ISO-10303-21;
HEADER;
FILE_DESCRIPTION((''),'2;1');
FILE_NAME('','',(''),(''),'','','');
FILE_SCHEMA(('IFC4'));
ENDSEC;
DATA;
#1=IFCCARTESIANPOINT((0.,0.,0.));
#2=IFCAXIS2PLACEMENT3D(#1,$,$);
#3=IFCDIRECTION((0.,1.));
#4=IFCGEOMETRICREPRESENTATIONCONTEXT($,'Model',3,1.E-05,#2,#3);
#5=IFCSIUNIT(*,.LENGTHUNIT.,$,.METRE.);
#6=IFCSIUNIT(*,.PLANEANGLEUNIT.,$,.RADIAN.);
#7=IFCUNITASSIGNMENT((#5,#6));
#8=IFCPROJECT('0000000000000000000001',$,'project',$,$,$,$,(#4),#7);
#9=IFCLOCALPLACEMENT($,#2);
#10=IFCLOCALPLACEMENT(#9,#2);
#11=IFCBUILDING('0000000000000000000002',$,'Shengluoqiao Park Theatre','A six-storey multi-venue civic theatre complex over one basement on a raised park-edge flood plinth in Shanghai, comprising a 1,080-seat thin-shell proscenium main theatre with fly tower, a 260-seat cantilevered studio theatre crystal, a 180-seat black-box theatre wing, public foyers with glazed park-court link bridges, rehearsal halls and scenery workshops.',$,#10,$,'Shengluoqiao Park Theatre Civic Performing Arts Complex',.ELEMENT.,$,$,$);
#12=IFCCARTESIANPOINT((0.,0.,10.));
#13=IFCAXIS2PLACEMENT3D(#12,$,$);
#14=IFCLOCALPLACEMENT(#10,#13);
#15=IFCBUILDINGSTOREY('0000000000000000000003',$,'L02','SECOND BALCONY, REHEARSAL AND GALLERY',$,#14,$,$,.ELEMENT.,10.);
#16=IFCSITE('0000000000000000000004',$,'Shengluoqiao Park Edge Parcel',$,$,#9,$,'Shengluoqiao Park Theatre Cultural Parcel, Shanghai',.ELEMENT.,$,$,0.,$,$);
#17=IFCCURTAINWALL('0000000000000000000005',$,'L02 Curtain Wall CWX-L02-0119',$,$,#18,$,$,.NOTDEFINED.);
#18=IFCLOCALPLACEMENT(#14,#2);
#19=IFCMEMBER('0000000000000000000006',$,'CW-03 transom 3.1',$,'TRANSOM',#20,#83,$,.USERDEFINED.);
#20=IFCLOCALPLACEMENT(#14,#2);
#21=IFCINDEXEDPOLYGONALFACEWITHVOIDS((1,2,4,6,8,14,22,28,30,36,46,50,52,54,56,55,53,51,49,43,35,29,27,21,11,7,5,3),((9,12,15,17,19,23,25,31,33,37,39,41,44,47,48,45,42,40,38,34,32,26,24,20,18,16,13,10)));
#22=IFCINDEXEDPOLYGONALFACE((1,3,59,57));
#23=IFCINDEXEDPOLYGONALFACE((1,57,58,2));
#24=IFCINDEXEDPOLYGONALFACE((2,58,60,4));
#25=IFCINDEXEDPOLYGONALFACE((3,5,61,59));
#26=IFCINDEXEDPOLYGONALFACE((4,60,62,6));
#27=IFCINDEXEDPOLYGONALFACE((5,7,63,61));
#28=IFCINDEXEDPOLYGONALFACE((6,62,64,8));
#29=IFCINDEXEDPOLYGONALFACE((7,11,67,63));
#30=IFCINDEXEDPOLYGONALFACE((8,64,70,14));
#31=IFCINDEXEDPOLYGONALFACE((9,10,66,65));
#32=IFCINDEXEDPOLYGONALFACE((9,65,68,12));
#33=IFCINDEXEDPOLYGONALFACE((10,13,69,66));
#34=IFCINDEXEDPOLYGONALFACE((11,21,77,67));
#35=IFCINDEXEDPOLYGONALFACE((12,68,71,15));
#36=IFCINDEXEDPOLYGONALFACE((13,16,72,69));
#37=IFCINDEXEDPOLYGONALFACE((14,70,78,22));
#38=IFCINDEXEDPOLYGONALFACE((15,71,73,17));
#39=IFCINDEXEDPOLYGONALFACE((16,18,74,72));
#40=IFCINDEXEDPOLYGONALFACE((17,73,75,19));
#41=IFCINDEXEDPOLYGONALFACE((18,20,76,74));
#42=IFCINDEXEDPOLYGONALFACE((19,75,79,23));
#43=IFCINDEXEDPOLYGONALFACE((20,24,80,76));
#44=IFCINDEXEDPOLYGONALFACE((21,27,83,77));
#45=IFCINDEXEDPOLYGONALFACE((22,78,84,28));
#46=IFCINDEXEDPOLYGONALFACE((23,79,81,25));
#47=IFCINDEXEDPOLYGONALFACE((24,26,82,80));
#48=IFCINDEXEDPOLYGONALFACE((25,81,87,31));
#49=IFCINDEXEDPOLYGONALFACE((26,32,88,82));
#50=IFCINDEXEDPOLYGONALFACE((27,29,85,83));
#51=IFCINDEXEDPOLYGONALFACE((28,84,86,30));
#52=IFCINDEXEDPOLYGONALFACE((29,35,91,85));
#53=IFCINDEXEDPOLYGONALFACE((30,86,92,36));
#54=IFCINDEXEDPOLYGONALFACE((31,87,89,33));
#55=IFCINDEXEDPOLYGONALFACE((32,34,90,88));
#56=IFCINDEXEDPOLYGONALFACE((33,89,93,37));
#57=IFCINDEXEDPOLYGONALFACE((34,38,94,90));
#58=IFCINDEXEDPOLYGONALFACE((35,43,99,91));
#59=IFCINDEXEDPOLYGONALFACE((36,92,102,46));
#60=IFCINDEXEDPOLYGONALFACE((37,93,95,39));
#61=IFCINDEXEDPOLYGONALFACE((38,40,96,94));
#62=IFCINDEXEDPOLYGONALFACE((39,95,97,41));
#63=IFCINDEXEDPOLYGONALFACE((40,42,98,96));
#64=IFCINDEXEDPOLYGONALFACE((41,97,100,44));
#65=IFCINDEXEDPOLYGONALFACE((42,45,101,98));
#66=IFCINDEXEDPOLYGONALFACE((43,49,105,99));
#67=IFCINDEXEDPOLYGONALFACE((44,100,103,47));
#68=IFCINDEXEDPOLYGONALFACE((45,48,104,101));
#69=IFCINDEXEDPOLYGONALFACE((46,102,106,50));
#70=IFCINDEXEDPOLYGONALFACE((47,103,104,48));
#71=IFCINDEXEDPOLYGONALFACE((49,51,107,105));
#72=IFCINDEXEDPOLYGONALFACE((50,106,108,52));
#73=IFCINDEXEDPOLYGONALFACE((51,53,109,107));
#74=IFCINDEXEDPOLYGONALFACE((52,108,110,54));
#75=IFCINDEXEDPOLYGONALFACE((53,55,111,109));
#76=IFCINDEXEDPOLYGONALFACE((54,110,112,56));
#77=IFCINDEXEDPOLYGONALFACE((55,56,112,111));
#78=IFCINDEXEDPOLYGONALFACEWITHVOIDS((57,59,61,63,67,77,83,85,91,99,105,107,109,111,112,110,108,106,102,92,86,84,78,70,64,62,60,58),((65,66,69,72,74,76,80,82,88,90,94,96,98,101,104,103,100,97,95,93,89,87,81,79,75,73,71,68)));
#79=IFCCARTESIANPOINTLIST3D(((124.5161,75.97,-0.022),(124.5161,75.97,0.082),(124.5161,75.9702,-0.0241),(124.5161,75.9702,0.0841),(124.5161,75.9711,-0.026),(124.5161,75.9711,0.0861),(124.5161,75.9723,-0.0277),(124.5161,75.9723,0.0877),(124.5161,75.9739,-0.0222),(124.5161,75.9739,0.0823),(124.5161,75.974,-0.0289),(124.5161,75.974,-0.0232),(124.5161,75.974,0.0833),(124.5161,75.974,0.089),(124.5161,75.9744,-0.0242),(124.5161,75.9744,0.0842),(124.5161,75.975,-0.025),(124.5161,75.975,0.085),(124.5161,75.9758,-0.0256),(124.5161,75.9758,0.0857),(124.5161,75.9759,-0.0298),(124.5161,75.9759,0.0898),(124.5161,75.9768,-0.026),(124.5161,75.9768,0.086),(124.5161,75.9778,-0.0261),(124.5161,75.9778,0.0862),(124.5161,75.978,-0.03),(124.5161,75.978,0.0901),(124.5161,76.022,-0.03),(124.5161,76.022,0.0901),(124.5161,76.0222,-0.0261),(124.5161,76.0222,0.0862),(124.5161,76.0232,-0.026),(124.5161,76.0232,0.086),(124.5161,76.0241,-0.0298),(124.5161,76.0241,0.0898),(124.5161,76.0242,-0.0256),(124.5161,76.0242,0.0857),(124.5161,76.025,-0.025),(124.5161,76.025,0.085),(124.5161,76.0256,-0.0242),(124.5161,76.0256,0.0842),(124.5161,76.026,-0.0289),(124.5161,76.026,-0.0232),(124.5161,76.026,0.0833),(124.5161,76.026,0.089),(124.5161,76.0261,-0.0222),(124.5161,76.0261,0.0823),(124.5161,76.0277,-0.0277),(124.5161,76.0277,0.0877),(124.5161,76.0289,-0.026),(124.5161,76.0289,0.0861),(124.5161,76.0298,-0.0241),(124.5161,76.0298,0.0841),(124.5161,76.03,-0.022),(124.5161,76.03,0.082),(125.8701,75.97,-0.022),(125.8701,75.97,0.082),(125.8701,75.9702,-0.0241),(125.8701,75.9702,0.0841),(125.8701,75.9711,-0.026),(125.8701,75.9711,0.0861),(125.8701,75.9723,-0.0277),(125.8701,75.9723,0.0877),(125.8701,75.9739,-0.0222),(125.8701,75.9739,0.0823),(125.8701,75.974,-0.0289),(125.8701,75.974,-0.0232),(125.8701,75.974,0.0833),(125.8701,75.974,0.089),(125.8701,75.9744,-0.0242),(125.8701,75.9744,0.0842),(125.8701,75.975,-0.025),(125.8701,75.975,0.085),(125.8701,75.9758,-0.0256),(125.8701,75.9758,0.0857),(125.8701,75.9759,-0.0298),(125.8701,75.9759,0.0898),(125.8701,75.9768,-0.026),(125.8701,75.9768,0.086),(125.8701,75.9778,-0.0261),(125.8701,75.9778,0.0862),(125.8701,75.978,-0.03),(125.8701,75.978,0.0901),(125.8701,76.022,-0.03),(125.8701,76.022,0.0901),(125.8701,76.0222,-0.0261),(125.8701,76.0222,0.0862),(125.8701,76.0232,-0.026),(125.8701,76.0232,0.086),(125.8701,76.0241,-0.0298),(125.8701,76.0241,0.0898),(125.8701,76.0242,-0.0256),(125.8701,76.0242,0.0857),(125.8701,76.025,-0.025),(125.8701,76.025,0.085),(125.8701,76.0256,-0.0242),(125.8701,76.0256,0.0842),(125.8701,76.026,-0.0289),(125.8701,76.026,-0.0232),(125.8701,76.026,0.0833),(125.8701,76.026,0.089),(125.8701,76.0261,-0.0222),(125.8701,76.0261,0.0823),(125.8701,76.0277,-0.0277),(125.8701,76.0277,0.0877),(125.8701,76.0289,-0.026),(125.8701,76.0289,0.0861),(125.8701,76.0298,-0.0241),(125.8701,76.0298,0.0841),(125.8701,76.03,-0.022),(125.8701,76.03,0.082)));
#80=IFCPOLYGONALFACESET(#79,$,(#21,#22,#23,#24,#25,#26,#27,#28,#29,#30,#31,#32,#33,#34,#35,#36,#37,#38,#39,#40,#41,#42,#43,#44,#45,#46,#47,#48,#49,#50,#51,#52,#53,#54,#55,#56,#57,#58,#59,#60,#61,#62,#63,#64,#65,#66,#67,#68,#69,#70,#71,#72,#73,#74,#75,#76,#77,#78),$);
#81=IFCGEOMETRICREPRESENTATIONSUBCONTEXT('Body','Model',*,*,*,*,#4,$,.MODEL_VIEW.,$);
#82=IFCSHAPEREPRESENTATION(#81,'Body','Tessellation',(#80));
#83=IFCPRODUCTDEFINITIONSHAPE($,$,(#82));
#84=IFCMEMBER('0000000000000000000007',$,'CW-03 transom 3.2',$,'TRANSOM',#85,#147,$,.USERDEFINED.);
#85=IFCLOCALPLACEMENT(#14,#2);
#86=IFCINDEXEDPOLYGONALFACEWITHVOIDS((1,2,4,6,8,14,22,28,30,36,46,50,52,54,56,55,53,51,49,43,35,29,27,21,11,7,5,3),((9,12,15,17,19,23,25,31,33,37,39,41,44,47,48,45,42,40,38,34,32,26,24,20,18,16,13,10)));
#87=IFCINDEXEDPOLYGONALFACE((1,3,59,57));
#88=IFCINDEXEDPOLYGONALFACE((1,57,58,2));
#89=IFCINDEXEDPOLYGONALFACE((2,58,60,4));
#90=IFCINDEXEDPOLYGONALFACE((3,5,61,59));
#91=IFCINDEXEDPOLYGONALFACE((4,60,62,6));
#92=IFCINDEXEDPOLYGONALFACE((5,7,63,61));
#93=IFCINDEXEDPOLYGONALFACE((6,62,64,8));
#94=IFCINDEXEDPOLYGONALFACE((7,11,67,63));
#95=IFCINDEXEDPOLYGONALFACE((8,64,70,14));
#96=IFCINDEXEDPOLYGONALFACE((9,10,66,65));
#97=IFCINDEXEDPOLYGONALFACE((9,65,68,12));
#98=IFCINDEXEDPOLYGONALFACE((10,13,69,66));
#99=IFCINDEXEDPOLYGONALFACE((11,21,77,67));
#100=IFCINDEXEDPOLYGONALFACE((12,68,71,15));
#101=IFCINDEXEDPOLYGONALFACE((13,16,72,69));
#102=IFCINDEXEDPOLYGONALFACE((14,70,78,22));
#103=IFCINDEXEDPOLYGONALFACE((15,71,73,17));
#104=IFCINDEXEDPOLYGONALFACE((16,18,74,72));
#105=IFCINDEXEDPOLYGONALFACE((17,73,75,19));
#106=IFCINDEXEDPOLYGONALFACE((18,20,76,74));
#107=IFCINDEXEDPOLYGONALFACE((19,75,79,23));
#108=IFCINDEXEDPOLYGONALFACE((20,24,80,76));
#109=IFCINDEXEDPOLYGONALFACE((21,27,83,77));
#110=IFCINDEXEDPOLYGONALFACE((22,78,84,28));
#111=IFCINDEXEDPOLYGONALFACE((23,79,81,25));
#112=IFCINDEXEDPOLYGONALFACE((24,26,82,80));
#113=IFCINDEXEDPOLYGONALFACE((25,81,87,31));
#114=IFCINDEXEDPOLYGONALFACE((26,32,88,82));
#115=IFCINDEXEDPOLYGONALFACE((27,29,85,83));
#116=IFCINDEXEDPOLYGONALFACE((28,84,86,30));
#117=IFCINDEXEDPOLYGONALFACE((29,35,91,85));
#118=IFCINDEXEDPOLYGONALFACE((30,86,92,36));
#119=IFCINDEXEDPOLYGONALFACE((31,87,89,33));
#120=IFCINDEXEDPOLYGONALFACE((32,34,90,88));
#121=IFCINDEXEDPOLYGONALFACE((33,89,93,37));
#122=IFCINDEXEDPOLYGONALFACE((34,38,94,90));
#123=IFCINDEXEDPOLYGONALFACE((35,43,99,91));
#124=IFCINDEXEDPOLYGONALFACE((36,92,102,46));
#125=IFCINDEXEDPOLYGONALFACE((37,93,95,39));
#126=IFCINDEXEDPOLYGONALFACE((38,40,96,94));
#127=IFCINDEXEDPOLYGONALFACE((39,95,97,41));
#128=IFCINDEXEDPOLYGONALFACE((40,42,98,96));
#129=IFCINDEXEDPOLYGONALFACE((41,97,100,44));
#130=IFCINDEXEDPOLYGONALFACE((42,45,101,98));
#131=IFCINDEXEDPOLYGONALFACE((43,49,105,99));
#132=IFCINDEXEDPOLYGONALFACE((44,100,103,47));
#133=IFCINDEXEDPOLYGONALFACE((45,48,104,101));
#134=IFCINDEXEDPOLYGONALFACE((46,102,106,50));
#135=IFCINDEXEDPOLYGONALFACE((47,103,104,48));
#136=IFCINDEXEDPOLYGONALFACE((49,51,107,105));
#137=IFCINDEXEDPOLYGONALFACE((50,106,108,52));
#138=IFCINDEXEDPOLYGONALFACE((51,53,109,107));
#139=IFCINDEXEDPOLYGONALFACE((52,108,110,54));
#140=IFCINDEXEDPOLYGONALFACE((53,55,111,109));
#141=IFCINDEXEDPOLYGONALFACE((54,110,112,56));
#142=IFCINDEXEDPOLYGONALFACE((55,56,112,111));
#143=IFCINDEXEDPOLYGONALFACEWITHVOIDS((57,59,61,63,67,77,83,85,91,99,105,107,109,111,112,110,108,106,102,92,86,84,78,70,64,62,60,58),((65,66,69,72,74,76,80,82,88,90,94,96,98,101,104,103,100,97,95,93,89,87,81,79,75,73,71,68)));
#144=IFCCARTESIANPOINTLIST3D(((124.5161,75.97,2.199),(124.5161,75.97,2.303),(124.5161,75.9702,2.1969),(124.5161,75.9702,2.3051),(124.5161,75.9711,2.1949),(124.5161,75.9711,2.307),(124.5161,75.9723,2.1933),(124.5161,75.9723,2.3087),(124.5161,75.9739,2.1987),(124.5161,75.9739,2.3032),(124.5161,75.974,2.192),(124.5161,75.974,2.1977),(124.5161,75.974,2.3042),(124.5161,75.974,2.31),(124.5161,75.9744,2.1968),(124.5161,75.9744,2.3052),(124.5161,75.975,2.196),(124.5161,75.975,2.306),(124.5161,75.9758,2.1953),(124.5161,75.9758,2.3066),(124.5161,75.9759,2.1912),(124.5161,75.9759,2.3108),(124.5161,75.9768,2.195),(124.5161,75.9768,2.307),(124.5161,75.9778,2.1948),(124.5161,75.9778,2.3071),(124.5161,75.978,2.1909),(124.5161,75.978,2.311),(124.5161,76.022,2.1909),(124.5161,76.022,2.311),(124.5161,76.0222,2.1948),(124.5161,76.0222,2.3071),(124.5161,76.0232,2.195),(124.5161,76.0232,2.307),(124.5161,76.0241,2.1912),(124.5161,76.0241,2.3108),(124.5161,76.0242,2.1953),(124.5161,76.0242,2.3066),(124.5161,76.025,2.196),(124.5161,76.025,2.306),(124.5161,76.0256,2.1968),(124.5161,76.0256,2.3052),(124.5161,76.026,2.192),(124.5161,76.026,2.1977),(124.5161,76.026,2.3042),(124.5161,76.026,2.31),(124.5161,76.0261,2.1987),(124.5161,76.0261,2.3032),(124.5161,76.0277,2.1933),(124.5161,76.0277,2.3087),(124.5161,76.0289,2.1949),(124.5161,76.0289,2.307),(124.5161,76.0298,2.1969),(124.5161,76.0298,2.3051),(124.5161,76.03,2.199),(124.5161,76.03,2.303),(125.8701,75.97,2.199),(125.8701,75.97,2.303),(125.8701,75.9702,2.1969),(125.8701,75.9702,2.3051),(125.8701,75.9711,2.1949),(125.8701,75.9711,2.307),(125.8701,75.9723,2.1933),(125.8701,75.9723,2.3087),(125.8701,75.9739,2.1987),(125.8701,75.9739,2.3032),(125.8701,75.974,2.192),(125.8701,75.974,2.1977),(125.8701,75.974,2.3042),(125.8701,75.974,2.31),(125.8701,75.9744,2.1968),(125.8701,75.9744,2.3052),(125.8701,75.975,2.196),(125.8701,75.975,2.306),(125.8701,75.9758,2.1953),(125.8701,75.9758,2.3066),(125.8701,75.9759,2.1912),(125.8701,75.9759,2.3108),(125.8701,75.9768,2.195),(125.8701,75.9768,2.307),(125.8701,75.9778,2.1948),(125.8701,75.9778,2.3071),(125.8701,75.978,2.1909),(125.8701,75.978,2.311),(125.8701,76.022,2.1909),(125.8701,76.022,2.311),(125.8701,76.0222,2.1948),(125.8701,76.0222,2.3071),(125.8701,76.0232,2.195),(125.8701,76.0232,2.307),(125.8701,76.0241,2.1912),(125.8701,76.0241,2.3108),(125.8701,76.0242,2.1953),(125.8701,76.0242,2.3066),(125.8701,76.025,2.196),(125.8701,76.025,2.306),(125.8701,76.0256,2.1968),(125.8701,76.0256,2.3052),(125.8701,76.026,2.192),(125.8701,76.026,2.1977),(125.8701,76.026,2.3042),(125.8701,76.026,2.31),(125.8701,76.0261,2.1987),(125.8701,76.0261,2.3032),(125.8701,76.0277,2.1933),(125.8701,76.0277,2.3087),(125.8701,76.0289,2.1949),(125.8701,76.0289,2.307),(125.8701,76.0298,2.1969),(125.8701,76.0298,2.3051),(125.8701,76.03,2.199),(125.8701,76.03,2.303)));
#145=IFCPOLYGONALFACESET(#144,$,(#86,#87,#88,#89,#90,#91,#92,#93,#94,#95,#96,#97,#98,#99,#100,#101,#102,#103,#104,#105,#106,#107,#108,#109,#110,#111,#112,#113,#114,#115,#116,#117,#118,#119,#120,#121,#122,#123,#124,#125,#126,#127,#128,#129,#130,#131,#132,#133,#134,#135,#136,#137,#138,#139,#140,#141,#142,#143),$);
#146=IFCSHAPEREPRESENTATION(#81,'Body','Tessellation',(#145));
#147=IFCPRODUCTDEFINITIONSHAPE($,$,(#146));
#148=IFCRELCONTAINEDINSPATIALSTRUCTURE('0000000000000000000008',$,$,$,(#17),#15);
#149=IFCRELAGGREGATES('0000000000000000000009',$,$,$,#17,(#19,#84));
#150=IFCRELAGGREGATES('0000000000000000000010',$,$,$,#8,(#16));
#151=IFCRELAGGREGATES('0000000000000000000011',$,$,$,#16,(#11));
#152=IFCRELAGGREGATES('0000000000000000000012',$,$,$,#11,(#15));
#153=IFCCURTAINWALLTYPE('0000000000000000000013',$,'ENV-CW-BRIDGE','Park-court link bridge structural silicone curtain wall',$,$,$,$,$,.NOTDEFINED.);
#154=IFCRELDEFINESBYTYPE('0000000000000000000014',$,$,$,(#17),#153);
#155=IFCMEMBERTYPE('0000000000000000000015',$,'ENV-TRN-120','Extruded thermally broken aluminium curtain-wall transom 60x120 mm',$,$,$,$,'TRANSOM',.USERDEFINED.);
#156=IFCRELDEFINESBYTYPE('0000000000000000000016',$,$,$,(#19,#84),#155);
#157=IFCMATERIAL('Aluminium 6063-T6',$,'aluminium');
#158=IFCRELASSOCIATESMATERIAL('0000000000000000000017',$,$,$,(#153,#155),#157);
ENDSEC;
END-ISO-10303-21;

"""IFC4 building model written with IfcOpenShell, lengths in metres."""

from ifc_helpers import new_model, si_unit, direction, frame, origin, origin_2d, place, context, subcontext, project, spatial, hollow_rectangle, extrude, material, material_profile, profile_set, type_object, element, aggregate, save


model = new_model("IFC4")

# Units and contexts
model_context = context("Model", 3, precision=1e-05, world=origin(), true_north=direction((0.0, 1.0)))
body_context = subcontext(model_context, "Body", "Model", "MODEL_VIEW")
ifc_project = project(units=[si_unit("LENGTHUNIT", "METRE"), si_unit("PLANEANGLEUNIT", "RADIAN")], contexts=[model_context])

# Site, building, storey
site_placement = place(None, origin())
site = spatial("IfcSite", under=ifc_project, at=site_placement, Name="Shengluoqiao Park Edge Parcel", LongName="Shengluoqiao Park Theatre Cultural Parcel, Shanghai", CompositionType="ELEMENT", RefElevation=0.0)
building_placement = place(site_placement, origin())
building = spatial("IfcBuilding", under=site, at=building_placement, Name="Shengluoqiao Park Theatre", Description="A six-storey multi-venue civic theatre complex over one basement on a raised park-edge flood plinth in Shanghai, comprising a 1,080-seat thin-shell proscenium main theatre with fly tower, a 260-seat cantilevered studio theatre crystal, a 180-seat black-box theatre wing, public foyers with glazed park-court link bridges, rehearsal halls and scenery workshops.", LongName="Shengluoqiao Park Theatre Civic Performing Arts Complex", CompositionType="ELEMENT")
storey_placement = place(building_placement, frame((0.0, 0.0, 10.0)))
storey = spatial("IfcBuildingStorey", under=building, at=storey_placement, Name="L02", Description="SECOND BALCONY, REHEARSAL AND GALLERY", CompositionType="ELEMENT", Elevation=10.0)

# Curtain wall, members
ifc_material_1 = material(Name="Aluminium 6063-T6", Category="aluminium")
curtain_wall_type = type_object("IfcCurtainWallType", Name="ENV-CW-BRIDGE", Description="Park-court link bridge structural silicone curtain wall", PredefinedType="NOTDEFINED", material=ifc_material_1)
curtain_wall_placement = place(storey_placement, origin())
curtain_wall = element("IfcCurtainWall", 1, at=curtain_wall_placement, inside=storey, type_object=curtain_wall_type, Name="L02 Curtain Wall CWX-L02-0119", PredefinedType="NOTDEFINED")
ifc_material_profile_1 = material_profile(ifc_material_1, hollow_rectangle(XDim=0.0601, YDim=0.1201, WallThickness=0.0039, InnerFilletRadius=0.0039, OuterFilletRadius=0.0081, at=origin_2d()), Name="ALU TRANSOM 120x60x4")
ifc_profile_set_1 = profile_set([ifc_material_profile_1], Name="Aluminium 6063-T6")
member_type_1 = type_object("IfcMemberType", Name="ENV-TRN-120", Description="Extruded thermally broken aluminium curtain-wall transom 60x120 mm", ElementType="TRANSOM", PredefinedType="USERDEFINED", material=ifc_profile_set_1)
member_1_placement = place(storey_placement, frame((124.5161, 76.0, 0.03), z_axis=(1.0, 0.0, 0.0), x_axis=(0.0, 1.0, 0.0)))
member_1 = element("IfcMember", 2, at=member_1_placement, type_object=member_type_1, Name="CW-03 transom 3.1", ObjectType="TRANSOM", PredefinedType="USERDEFINED", context=body_context, shape_type="SweptSolid", body=[
    extrude(hollow_rectangle(XDim=0.0601, YDim=0.1201, WallThickness=0.0039, InnerFilletRadius=0.0039, OuterFilletRadius=0.0081, at=origin_2d()), origin(), (0.0, 0.0, 1.0), 1.354),
])
member_2_placement = place(storey_placement, frame((124.5161, 76.0, 2.251), z_axis=(1.0, 0.0, 0.0), x_axis=(0.0, 1.0, 0.0)))
member_2 = element("IfcMember", 3, at=member_2_placement, type_object=member_type_1, Name="CW-03 transom 3.2", ObjectType="TRANSOM", PredefinedType="USERDEFINED", context=body_context, shape_type="SweptSolid", body=[
    extrude(hollow_rectangle(XDim=0.0601, YDim=0.1201, WallThickness=0.0039, InnerFilletRadius=0.0039, OuterFilletRadius=0.0081, at=origin_2d()), origin(), (0.0, 0.0, 1.0), 1.354),
])
aggregate(curtain_wall, [member_1, member_2])

save(model, "model.ifc")
